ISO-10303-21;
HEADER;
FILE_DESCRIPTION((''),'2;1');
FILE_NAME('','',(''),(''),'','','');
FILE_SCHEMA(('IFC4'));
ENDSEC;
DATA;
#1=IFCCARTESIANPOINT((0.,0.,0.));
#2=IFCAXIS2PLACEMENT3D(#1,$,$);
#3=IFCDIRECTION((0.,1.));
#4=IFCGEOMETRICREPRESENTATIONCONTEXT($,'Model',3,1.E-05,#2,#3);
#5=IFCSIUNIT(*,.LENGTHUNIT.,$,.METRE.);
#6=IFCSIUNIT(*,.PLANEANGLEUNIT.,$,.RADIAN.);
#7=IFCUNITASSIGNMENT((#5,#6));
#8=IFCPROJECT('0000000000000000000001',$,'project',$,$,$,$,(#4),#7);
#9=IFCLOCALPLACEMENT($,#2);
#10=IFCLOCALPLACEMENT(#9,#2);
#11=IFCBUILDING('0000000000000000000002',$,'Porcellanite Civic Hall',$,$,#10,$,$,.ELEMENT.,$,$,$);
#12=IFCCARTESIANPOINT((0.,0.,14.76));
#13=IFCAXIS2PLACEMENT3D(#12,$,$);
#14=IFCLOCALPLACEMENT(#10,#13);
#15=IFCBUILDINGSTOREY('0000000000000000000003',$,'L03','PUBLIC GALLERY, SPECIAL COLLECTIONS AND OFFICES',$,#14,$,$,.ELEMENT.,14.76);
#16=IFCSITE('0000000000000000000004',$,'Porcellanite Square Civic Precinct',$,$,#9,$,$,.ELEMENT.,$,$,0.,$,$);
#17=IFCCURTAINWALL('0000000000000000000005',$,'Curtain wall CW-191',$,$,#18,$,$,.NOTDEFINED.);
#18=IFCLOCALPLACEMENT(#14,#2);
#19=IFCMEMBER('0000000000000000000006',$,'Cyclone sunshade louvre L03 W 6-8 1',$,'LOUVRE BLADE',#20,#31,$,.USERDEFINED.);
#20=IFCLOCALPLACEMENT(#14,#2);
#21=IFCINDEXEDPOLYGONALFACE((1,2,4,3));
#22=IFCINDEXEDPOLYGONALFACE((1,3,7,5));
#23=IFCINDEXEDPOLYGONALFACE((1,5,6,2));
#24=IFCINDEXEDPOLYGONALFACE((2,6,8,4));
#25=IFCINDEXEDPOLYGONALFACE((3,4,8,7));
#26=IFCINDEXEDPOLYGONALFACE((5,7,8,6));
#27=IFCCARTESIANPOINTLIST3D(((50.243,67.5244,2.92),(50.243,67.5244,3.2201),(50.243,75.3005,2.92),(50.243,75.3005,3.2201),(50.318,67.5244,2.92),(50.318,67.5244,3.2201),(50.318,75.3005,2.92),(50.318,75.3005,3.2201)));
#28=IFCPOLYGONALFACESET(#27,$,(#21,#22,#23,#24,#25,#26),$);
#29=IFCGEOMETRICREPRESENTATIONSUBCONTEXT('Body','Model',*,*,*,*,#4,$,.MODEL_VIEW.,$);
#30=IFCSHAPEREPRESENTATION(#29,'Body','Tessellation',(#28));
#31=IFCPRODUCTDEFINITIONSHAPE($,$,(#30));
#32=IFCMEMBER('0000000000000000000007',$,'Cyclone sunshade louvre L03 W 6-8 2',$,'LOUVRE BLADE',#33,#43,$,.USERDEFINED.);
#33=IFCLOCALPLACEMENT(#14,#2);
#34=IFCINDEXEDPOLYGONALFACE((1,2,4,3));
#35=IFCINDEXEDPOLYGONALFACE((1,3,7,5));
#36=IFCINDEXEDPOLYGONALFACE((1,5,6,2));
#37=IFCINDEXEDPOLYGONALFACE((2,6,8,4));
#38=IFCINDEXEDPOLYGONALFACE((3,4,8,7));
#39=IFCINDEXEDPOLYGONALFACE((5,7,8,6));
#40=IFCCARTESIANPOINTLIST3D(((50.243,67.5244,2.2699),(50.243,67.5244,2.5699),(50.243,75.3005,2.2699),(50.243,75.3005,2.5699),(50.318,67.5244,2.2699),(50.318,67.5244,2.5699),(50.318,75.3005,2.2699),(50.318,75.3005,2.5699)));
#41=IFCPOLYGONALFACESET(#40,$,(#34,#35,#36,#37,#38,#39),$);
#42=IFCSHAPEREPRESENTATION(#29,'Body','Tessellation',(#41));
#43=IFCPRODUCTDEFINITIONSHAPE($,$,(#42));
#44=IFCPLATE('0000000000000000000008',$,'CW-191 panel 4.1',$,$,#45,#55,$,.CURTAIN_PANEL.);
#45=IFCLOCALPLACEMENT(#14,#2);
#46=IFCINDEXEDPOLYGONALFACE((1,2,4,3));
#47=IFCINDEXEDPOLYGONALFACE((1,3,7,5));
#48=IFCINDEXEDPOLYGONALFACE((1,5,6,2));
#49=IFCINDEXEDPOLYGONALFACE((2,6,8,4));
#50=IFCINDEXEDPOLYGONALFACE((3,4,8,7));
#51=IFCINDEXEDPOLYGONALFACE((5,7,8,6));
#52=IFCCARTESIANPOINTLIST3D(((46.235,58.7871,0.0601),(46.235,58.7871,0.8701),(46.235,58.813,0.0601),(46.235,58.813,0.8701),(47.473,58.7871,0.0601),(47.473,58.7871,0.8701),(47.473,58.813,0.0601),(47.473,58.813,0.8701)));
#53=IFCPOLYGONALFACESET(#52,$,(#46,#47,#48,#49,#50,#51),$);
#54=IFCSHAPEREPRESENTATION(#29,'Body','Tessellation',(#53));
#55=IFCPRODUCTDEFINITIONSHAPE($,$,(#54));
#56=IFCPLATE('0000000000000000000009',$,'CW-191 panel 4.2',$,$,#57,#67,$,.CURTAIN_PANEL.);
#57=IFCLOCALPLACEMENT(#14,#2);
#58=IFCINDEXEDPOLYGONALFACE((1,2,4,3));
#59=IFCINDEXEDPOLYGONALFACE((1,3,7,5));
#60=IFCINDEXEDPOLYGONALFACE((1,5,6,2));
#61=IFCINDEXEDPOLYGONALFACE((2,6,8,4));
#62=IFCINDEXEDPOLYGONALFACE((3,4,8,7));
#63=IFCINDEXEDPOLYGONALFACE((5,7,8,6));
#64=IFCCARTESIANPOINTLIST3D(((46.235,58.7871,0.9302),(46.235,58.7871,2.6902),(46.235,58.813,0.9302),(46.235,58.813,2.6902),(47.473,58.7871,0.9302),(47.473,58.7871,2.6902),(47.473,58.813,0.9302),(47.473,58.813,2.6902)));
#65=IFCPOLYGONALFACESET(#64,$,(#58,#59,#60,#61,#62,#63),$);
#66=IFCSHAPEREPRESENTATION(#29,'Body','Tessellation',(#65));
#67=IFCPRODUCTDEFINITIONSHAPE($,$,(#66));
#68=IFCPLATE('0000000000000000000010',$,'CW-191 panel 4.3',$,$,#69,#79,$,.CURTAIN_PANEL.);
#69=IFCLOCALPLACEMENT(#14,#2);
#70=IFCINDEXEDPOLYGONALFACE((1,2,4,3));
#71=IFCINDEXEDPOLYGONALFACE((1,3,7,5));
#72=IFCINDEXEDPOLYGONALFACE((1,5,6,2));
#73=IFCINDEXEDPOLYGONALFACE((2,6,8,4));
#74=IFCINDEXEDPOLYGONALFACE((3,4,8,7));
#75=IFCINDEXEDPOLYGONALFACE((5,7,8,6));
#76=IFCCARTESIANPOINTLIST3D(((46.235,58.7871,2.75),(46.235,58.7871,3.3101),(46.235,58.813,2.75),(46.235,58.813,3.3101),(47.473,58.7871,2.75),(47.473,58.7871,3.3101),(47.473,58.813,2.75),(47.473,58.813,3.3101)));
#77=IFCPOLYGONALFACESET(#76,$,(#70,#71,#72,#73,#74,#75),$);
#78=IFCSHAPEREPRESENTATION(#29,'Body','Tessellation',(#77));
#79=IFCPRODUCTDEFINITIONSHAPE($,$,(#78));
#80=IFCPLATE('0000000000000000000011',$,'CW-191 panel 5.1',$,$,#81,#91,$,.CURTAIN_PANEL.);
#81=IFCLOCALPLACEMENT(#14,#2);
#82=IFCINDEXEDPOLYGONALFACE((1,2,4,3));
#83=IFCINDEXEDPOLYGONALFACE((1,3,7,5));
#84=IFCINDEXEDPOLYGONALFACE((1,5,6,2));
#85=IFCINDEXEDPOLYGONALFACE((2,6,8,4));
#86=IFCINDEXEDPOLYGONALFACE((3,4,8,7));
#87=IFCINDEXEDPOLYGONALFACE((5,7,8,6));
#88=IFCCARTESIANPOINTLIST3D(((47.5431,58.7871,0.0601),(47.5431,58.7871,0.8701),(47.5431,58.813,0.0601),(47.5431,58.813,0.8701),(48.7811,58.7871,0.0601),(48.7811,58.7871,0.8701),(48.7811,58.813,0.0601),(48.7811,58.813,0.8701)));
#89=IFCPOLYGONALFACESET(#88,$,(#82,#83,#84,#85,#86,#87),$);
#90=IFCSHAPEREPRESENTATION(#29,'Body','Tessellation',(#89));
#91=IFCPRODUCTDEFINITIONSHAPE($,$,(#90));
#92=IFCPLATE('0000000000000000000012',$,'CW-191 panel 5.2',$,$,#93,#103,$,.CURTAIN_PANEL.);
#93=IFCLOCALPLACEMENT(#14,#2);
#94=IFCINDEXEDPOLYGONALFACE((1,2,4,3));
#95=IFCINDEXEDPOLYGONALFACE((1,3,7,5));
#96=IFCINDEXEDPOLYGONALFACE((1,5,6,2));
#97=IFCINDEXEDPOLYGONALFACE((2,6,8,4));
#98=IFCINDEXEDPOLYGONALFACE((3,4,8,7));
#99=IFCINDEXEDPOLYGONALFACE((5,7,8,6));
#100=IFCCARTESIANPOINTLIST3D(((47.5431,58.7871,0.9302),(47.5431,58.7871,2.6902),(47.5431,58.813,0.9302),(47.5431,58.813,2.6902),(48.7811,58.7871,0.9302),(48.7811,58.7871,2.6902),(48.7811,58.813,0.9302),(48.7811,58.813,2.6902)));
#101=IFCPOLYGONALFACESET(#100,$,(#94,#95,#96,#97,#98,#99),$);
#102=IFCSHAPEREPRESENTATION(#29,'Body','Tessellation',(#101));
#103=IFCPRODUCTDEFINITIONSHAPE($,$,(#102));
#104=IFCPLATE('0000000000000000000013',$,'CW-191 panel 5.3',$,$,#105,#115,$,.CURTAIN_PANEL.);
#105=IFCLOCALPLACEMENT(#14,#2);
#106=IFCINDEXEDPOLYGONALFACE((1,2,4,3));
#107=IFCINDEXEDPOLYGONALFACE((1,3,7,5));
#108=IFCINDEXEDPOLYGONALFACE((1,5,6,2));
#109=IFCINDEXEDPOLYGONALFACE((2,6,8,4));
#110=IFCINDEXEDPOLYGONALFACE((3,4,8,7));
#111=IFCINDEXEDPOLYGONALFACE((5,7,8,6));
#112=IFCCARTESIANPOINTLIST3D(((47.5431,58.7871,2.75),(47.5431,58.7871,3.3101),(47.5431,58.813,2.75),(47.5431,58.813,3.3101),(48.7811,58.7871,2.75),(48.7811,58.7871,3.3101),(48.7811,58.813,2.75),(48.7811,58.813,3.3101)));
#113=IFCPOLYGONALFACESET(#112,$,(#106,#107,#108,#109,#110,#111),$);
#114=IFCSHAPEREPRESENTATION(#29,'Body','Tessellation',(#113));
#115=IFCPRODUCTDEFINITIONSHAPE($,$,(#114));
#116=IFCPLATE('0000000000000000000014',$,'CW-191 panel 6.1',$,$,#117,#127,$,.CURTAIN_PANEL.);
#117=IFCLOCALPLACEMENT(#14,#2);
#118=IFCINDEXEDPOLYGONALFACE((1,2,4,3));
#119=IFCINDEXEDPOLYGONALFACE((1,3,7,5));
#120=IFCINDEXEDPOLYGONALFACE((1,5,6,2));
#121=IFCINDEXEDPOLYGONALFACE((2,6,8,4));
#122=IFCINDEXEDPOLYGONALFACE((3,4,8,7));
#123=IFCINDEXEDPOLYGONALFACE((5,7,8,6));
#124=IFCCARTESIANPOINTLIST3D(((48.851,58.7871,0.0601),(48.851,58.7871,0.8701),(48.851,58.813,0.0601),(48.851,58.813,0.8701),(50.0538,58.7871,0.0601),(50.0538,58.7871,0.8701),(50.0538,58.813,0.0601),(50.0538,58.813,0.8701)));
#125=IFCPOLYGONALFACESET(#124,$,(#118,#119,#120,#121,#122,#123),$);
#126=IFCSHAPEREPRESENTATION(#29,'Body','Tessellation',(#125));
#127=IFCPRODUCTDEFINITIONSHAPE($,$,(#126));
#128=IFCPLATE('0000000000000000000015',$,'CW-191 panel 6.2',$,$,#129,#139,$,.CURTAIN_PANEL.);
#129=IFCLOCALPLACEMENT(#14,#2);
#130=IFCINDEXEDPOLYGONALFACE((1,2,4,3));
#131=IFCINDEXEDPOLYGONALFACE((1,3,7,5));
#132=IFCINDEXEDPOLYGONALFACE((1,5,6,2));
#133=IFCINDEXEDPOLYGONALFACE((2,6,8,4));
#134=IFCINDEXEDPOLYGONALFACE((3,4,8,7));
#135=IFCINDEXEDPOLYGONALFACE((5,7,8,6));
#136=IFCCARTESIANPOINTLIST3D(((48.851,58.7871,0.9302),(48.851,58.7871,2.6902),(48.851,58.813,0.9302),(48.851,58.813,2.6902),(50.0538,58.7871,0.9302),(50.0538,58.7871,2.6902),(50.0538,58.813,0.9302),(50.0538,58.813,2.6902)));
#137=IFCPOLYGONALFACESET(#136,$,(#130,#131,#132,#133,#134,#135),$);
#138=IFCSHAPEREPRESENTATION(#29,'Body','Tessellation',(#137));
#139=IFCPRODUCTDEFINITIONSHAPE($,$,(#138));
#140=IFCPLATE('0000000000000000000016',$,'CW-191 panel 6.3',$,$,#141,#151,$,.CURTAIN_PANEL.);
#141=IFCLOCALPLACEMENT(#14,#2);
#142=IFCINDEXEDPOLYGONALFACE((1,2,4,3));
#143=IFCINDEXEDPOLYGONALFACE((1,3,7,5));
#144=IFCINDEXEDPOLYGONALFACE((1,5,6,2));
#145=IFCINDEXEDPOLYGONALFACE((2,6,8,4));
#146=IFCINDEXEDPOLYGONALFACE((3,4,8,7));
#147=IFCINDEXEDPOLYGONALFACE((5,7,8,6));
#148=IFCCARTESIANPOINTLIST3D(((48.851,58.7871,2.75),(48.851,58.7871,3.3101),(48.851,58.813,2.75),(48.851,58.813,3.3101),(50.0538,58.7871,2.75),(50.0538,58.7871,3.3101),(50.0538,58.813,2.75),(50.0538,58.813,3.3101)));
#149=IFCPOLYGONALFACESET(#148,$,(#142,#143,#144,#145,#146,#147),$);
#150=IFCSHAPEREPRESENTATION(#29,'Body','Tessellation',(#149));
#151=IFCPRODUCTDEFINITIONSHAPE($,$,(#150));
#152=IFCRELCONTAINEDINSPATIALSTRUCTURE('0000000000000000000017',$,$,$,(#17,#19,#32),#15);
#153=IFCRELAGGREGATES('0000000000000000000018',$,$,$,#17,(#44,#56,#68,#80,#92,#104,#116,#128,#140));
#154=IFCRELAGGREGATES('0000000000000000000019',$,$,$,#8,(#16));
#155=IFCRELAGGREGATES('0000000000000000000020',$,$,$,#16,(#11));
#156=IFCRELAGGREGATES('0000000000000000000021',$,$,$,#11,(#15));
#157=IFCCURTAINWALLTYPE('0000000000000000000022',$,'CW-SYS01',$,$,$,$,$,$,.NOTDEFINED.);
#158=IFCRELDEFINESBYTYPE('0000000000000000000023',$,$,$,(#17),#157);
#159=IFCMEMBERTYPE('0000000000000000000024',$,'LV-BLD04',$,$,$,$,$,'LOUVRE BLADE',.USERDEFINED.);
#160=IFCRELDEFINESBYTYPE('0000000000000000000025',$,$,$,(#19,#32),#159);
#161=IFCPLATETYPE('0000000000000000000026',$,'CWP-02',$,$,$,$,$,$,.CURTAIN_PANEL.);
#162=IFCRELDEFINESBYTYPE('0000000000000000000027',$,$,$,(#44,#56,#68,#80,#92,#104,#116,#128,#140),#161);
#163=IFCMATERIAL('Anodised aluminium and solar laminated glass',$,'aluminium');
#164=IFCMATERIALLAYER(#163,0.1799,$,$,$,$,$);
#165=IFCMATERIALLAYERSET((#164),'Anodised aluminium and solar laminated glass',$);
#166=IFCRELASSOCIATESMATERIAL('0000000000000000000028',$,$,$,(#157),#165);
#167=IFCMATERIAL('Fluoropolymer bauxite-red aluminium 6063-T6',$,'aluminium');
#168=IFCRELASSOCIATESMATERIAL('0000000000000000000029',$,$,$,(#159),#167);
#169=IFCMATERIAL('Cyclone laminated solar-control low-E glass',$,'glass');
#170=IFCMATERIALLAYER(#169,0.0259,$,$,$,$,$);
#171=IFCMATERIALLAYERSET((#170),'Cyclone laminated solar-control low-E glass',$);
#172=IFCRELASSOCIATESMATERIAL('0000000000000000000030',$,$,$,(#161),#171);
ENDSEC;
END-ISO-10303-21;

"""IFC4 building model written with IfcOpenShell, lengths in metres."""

from ifc_helpers import new_model, si_unit, direction, frame, origin, origin_2d, place, context, subcontext, project, spatial, rectangle, extrude, material, layer, layer_set, material_profile, profile_set, type_object, element, aggregate, save


model = new_model("IFC4")

# Units and contexts
model_context = context("Model", 3, precision=1e-05, world=origin(), true_north=direction((0.0, 1.0)))
body_context = subcontext(model_context, "Body", "Model", "MODEL_VIEW")
ifc_project = project(units=[si_unit("LENGTHUNIT", "METRE"), si_unit("PLANEANGLEUNIT", "RADIAN")], contexts=[model_context])

# Site, building, storey
site_placement = place(None, origin())
site = spatial("IfcSite", under=ifc_project, at=site_placement, Name="Porcellanite Square Civic Precinct", CompositionType="ELEMENT", RefElevation=0.0)
building_placement = place(site_placement, origin())
building = spatial("IfcBuilding", under=site, at=building_placement, Name="Porcellanite Civic Hall", CompositionType="ELEMENT")
storey_placement = place(building_placement, frame((0.0, 0.0, 14.76)))
storey = spatial("IfcBuildingStorey", under=building, at=storey_placement, Name="L03", Description="PUBLIC GALLERY, SPECIAL COLLECTIONS AND OFFICES", CompositionType="ELEMENT", Elevation=14.76)

# Curtain wall
ifc_material_1 = material(Name="Anodised aluminium and solar laminated glass", Category="aluminium")
ifc_layer_1 = layer(ifc_material_1, 0.1799)
ifc_layer_set_1 = layer_set([ifc_layer_1], Name="Anodised aluminium and solar laminated glass")
curtain_wall_type = type_object("IfcCurtainWallType", Name="CW-SYS01", PredefinedType="NOTDEFINED", material=ifc_layer_set_1)
curtain_wall_placement = place(storey_placement, origin())
curtain_wall = element("IfcCurtainWall", 1, at=curtain_wall_placement, inside=storey, type_object=curtain_wall_type, Name="Curtain wall CW-191", PredefinedType="NOTDEFINED")

# Members
ifc_material_2 = material(Name="Fluoropolymer bauxite-red aluminium 6063-T6", Category="aluminium")
ifc_material_profile_1 = material_profile(ifc_material_2, rectangle(XDim=0.075, YDim=0.3, at=origin_2d()), Name="AL-75x300")
ifc_profile_set_1 = profile_set([ifc_material_profile_1], Name="Fluoropolymer bauxite-red aluminium 6063-T6")
member_type_1 = type_object("IfcMemberType", Name="LV-BLD04", ElementType="LOUVRE BLADE", PredefinedType="USERDEFINED", material=ifc_profile_set_1)
for number, where, z_axis, x_axis, name in (
    (2, (50.2805, 67.5244, 3.0701), (0.0, 1.0, 0.0), (-1.0, 0.0, 0.0), "Cyclone sunshade louvre L03 W 6-8 1"),
    (3, (50.2805, 67.5244, 2.4199), (0.0, 1.0, 0.0), (-1.0, 0.0, 0.0), "Cyclone sunshade louvre L03 W 6-8 2"),
):
    element("IfcMember", number, at=place(storey_placement, frame(where, z_axis=z_axis, x_axis=x_axis)), inside=storey, type_object=member_type_1, Name=name, ObjectType="LOUVRE BLADE", PredefinedType="USERDEFINED", context=body_context, shape_type="SweptSolid", body=[
        extrude(rectangle(XDim=0.075, YDim=0.3, at=origin_2d()), origin(), (0.0, 0.0, 1.0), 7.7761),
    ])

# Plates
ifc_material_3 = material(Name="Cyclone laminated solar-control low-E glass", Category="glass")
ifc_layer_2 = layer(ifc_material_3, 0.0259)
ifc_layer_set_2 = layer_set([ifc_layer_2], Name="Cyclone laminated solar-control low-E glass")
plate_type = type_object("IfcPlateType", Name="CWP-02", PredefinedType="CURTAIN_PANEL", material=ifc_layer_set_2)
plate_1_placement = place(storey_placement, frame((46.854, 58.8, 0.0601), z_axis=(0.0, 0.0, 1.0), x_axis=(1.0, 0.0, 0.0)))
plate_1 = element("IfcPlate", 4, at=plate_1_placement, type_object=plate_type, Name="CW-191 panel 4.1", PredefinedType="CURTAIN_PANEL", context=body_context, shape_type="SweptSolid", body=[
    extrude(rectangle(XDim=1.238, YDim=0.0259, at=origin_2d()), origin(), (0.0, 0.0, 1.0), 0.8101),
])
plate_2_placement = place(storey_placement, frame((46.854, 58.8, 0.9302), z_axis=(0.0, 0.0, 1.0), x_axis=(1.0, 0.0, 0.0)))
plate_2 = element("IfcPlate", 5, at=plate_2_placement, type_object=plate_type, Name="CW-191 panel 4.2", PredefinedType="CURTAIN_PANEL", context=body_context, shape_type="SweptSolid", body=[
    extrude(rectangle(XDim=1.238, YDim=0.0259, at=origin_2d()), origin(), (0.0, 0.0, 1.0), 1.76),
])
plate_3_placement = place(storey_placement, frame((46.854, 58.8, 2.75), z_axis=(0.0, 0.0, 1.0), x_axis=(1.0, 0.0, 0.0)))
plate_3 = element("IfcPlate", 6, at=plate_3_placement, type_object=plate_type, Name="CW-191 panel 4.3", PredefinedType="CURTAIN_PANEL", context=body_context, shape_type="SweptSolid", body=[
    extrude(rectangle(XDim=1.238, YDim=0.0259, at=origin_2d()), origin(), (0.0, 0.0, 1.0), 0.5601),
])
plate_4_placement = place(storey_placement, frame((48.1621, 58.8, 0.0601), z_axis=(0.0, 0.0, 1.0), x_axis=(1.0, 0.0, 0.0)))
plate_4 = element("IfcPlate", 7, at=plate_4_placement, type_object=plate_type, Name="CW-191 panel 5.1", PredefinedType="CURTAIN_PANEL", context=body_context, shape_type="SweptSolid", body=[
    extrude(rectangle(XDim=1.238, YDim=0.0259, at=origin_2d()), origin(), (0.0, 0.0, 1.0), 0.8101),
])
plate_5_placement = place(storey_placement, frame((48.1621, 58.8, 0.9302), z_axis=(0.0, 0.0, 1.0), x_axis=(1.0, 0.0, 0.0)))
plate_5 = element("IfcPlate", 8, at=plate_5_placement, type_object=plate_type, Name="CW-191 panel 5.2", PredefinedType="CURTAIN_PANEL", context=body_context, shape_type="SweptSolid", body=[
    extrude(rectangle(XDim=1.238, YDim=0.0259, at=origin_2d()), origin(), (0.0, 0.0, 1.0), 1.76),
])
plate_6_placement = place(storey_placement, frame((48.1621, 58.8, 2.75), z_axis=(0.0, 0.0, 1.0), x_axis=(1.0, 0.0, 0.0)))
plate_6 = element("IfcPlate", 9, at=plate_6_placement, type_object=plate_type, Name="CW-191 panel 5.3", PredefinedType="CURTAIN_PANEL", context=body_context, shape_type="SweptSolid", body=[
    extrude(rectangle(XDim=1.238, YDim=0.0259, at=origin_2d()), origin(), (0.0, 0.0, 1.0), 0.5601),
])
plate_7_placement = place(storey_placement, frame((49.4524, 58.8, 0.0601), z_axis=(0.0, 0.0, 1.0), x_axis=(1.0, 0.0, 0.0)))
plate_7 = element("IfcPlate", 10, at=plate_7_placement, type_object=plate_type, Name="CW-191 panel 6.1", PredefinedType="CURTAIN_PANEL", context=body_context, shape_type="SweptSolid", body=[
    extrude(rectangle(XDim=1.2029, YDim=0.0259, at=origin_2d()), origin(), (0.0, 0.0, 1.0), 0.8101),
])
plate_8_placement = place(storey_placement, frame((49.4524, 58.8, 0.9302), z_axis=(0.0, 0.0, 1.0), x_axis=(1.0, 0.0, 0.0)))
plate_8 = element("IfcPlate", 11, at=plate_8_placement, type_object=plate_type, Name="CW-191 panel 6.2", PredefinedType="CURTAIN_PANEL", context=body_context, shape_type="SweptSolid", body=[
    extrude(rectangle(XDim=1.2029, YDim=0.0259, at=origin_2d()), origin(), (0.0, 0.0, 1.0), 1.76),
])
plate_9_placement = place(storey_placement, frame((49.4524, 58.8, 2.75), z_axis=(0.0, 0.0, 1.0), x_axis=(1.0, 0.0, 0.0)))
plate_9 = element("IfcPlate", 12, at=plate_9_placement, type_object=plate_type, Name="CW-191 panel 6.3", PredefinedType="CURTAIN_PANEL", context=body_context, shape_type="SweptSolid", body=[
    extrude(rectangle(XDim=1.2029, YDim=0.0259, at=origin_2d()), origin(), (0.0, 0.0, 1.0), 0.5601),
])
aggregate(curtain_wall, [plate_1, plate_2, plate_3, plate_4, plate_5, plate_6, plate_7, plate_8, plate_9])

save(model, "model.ifc")
